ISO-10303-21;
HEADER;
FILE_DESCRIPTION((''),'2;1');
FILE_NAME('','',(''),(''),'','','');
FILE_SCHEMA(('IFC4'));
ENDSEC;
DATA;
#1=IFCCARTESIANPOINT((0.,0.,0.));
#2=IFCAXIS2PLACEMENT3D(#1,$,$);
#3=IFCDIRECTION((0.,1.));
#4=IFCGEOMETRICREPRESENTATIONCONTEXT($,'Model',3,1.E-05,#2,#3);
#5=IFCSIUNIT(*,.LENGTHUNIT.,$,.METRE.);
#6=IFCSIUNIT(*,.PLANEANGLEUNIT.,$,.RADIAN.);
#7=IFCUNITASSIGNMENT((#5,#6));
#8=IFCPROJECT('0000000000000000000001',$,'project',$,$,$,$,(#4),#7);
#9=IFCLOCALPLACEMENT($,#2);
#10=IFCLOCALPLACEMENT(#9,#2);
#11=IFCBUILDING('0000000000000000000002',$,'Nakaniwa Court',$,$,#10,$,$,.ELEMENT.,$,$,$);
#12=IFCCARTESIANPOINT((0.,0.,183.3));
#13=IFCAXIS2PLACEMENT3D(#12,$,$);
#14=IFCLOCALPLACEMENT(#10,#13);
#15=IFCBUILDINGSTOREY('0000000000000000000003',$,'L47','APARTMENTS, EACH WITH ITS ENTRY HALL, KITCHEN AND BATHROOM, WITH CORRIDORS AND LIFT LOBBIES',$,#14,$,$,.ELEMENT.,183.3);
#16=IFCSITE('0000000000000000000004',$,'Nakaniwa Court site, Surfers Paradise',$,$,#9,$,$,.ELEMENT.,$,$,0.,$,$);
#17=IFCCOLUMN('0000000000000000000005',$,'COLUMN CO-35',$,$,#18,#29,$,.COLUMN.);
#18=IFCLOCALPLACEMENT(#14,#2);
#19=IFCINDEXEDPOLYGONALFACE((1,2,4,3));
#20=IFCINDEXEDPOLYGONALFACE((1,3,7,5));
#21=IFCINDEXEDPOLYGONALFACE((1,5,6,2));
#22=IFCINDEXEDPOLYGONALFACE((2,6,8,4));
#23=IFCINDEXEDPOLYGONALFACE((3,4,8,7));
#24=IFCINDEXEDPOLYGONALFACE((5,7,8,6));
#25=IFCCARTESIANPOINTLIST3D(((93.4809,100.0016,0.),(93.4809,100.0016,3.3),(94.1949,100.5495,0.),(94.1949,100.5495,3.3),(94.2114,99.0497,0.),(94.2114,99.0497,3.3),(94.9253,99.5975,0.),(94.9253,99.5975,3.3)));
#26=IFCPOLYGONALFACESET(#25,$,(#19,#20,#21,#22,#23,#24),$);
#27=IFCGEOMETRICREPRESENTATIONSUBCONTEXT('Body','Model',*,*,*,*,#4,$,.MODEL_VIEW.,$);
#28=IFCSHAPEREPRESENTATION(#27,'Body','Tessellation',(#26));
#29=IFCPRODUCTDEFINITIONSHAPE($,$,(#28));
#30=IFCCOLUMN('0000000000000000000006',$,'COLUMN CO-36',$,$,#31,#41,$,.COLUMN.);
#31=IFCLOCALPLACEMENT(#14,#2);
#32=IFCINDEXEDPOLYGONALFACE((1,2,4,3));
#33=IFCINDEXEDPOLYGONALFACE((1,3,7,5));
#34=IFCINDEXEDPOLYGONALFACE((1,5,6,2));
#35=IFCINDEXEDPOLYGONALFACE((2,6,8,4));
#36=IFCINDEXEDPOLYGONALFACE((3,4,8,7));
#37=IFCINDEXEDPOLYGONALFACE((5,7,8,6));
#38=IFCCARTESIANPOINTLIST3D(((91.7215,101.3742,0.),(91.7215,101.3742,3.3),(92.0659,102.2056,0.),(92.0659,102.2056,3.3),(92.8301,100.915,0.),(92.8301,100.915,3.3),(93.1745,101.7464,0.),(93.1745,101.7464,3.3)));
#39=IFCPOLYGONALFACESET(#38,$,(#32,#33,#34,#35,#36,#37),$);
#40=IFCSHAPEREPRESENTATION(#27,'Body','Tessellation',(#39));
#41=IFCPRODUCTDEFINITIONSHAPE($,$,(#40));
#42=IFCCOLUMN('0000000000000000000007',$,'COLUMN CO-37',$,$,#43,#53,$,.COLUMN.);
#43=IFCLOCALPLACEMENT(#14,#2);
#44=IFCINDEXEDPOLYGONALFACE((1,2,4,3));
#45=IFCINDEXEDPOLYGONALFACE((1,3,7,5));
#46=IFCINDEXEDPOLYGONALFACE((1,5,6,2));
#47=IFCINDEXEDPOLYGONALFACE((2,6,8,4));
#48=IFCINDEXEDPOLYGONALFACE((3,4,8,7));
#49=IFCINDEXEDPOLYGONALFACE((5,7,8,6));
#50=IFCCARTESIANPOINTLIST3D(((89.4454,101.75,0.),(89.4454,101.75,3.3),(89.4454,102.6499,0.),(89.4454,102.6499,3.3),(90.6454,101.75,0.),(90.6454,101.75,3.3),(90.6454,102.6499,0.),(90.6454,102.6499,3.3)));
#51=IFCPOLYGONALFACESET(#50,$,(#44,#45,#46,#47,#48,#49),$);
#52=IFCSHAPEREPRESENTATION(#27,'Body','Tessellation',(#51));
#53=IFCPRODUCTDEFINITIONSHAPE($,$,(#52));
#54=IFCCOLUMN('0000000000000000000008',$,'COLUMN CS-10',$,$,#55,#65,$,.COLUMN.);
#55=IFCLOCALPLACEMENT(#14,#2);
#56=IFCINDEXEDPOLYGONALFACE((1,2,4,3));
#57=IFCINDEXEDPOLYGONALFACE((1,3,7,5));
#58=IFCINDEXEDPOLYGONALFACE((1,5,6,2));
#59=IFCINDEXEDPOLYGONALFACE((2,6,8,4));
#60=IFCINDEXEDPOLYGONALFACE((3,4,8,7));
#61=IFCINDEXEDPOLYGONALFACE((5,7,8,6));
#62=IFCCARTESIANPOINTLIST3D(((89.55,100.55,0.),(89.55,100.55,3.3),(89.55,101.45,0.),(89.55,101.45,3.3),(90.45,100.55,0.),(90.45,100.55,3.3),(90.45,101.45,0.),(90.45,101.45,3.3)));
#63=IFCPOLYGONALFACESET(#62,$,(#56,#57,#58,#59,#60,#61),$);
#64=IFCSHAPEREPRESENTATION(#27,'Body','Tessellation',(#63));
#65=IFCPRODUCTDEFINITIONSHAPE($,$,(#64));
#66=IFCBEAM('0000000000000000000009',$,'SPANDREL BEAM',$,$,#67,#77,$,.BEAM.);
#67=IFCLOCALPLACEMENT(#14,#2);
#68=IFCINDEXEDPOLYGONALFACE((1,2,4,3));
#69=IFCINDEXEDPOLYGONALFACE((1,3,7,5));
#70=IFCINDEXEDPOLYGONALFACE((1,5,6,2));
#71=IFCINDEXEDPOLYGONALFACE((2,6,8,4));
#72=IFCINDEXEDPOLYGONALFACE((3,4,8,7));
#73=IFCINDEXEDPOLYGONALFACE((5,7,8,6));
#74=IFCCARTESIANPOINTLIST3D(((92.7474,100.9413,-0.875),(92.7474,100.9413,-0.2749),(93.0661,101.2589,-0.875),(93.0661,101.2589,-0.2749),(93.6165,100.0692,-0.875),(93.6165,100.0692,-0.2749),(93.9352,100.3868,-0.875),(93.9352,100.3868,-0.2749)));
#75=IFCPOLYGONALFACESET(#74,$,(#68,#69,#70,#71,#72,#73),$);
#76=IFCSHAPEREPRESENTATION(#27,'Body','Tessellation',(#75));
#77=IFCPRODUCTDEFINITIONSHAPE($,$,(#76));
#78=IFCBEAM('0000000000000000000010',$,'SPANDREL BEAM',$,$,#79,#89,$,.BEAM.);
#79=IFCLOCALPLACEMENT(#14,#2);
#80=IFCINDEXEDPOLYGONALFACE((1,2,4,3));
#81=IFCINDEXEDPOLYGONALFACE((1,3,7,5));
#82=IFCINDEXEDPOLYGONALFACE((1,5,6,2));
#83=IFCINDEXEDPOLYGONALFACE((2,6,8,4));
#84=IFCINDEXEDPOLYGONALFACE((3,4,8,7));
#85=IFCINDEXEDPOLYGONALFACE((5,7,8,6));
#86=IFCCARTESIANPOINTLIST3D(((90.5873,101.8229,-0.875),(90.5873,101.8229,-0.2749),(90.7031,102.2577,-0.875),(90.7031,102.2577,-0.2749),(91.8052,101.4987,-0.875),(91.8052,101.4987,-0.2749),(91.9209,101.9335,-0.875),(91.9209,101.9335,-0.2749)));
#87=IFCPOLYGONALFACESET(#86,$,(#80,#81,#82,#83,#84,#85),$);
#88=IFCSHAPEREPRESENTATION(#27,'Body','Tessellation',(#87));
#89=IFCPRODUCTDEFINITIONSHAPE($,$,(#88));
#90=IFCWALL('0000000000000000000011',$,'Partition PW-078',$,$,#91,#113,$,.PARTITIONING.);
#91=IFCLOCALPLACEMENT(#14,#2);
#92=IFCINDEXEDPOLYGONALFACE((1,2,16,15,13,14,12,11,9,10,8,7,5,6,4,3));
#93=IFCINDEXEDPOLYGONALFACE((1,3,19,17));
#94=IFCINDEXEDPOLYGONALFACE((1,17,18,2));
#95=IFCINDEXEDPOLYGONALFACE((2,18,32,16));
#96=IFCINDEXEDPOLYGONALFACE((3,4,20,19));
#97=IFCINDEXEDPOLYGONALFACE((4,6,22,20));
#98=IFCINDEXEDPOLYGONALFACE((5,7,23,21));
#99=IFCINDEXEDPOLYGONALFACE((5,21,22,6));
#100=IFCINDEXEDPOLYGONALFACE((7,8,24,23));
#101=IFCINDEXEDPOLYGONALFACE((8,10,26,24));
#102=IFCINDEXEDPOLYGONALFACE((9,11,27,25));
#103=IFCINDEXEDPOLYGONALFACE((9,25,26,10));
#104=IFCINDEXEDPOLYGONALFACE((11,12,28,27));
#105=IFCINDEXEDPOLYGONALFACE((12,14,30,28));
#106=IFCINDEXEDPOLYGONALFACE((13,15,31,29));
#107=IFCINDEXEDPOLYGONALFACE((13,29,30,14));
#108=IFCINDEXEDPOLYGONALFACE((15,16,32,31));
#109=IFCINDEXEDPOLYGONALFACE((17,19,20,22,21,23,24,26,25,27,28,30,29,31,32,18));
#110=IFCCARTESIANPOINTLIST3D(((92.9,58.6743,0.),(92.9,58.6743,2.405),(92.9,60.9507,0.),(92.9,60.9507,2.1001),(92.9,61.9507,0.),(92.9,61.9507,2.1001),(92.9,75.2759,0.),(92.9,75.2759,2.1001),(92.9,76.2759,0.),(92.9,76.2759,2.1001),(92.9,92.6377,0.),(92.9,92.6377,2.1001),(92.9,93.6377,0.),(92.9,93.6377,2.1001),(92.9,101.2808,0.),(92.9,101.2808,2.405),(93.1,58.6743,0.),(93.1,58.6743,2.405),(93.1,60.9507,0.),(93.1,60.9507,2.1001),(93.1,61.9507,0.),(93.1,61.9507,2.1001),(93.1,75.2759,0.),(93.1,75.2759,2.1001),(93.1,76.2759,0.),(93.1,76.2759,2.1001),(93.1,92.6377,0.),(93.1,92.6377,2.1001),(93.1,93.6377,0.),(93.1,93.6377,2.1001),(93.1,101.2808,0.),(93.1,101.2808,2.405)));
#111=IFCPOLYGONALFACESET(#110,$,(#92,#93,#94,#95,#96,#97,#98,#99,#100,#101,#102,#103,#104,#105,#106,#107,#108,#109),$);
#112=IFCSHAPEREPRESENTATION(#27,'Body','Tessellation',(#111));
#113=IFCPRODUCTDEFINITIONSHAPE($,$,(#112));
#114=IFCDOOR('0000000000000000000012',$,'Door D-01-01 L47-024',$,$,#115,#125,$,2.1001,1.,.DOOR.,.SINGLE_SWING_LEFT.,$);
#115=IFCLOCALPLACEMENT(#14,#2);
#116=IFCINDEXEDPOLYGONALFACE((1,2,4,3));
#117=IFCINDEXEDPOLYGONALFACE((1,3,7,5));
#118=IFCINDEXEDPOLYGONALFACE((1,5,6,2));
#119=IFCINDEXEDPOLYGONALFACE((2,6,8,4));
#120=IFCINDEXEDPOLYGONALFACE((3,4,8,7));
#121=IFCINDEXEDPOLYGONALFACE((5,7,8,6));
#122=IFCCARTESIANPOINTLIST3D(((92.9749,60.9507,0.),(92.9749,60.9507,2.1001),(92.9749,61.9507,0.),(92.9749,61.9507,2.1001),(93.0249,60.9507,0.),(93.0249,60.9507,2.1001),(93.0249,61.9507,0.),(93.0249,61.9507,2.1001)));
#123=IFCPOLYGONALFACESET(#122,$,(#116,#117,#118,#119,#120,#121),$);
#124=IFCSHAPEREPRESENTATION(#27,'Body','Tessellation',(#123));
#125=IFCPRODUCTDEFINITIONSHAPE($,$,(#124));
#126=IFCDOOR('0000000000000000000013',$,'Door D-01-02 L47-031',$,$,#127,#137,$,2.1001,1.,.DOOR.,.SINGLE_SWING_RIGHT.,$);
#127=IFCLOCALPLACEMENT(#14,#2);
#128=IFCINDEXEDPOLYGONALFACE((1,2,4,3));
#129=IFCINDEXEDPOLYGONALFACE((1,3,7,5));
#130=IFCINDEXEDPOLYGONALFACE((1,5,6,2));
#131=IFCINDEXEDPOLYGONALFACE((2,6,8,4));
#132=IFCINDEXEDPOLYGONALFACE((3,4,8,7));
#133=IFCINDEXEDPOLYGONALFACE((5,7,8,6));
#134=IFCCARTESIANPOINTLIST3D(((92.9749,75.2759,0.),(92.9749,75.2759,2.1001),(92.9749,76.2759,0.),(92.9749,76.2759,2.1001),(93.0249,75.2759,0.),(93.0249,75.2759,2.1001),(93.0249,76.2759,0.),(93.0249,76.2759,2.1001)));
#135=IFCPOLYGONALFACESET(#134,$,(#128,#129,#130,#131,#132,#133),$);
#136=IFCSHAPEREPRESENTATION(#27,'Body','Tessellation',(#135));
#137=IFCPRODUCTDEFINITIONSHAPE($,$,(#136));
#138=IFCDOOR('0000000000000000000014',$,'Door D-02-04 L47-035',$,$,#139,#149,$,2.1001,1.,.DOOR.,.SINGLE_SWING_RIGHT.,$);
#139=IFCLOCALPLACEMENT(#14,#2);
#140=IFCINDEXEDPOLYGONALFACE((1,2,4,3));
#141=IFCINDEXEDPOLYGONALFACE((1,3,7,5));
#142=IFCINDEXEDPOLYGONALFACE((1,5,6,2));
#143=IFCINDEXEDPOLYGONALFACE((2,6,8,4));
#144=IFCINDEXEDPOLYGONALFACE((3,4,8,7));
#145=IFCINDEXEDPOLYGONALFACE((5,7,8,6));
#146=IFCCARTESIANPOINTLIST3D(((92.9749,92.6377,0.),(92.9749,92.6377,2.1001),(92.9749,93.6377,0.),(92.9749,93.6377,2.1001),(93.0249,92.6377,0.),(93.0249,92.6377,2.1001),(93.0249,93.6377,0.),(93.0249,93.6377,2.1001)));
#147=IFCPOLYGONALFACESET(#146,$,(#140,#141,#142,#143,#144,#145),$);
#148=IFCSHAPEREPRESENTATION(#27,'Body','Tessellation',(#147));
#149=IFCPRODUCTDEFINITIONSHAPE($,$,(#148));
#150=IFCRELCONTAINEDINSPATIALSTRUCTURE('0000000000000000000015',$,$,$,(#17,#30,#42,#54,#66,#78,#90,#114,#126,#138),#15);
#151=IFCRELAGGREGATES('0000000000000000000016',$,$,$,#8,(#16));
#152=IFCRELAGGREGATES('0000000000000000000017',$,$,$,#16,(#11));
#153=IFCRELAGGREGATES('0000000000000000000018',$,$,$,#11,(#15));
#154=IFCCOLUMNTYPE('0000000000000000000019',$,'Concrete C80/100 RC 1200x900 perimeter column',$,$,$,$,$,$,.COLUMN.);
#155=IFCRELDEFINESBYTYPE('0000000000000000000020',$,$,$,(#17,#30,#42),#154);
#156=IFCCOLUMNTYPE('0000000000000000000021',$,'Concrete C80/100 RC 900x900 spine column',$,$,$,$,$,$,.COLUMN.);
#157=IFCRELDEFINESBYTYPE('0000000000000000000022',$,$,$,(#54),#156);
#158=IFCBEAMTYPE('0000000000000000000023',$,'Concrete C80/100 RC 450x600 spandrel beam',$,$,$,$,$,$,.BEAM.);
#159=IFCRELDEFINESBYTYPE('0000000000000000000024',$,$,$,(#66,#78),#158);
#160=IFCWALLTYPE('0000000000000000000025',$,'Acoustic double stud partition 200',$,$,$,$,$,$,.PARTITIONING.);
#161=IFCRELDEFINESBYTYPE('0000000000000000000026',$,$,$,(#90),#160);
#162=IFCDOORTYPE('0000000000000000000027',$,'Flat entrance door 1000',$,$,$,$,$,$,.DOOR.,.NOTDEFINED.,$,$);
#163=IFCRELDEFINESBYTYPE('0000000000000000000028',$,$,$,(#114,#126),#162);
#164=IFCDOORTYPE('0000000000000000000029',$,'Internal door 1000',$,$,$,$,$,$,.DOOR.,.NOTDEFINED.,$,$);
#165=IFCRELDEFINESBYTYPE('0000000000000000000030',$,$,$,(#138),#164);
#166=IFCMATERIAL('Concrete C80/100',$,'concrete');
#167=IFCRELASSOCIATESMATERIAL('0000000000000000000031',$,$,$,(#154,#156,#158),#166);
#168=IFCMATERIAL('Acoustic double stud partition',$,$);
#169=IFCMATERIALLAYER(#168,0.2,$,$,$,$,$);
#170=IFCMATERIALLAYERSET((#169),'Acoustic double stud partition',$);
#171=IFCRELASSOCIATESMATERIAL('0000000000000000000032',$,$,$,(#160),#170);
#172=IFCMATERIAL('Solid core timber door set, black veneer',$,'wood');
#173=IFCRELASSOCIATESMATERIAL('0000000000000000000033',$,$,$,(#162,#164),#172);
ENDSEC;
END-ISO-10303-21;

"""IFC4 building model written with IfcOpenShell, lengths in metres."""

from ifc_helpers import new_model, si_unit, direction, frame, frame_2d, origin, origin_2d, place, context, subcontext, project, spatial, rectangle, extrude, material, layer, layer_set, material_profile, profile_set, type_object, element, fill, save


model = new_model("IFC4")

# Units and contexts
model_context = context("Model", 3, precision=1e-05, world=origin(), true_north=direction((0.0, 1.0)))
body_context = subcontext(model_context, "Body", "Model", "MODEL_VIEW")
ifc_project = project(units=[si_unit("LENGTHUNIT", "METRE"), si_unit("PLANEANGLEUNIT", "RADIAN")], contexts=[model_context])

# Site, building, storey
site_placement = place(None, origin())
site = spatial("IfcSite", under=ifc_project, at=site_placement, Name="Nakaniwa Court site, Surfers Paradise", CompositionType="ELEMENT", RefElevation=0.0)
building_placement = place(site_placement, origin())
building = spatial("IfcBuilding", under=site, at=building_placement, Name="Nakaniwa Court", CompositionType="ELEMENT")
storey_placement = place(building_placement, frame((0.0, 0.0, 183.3)))
storey = spatial("IfcBuildingStorey", under=building, at=storey_placement, Name="L47", Description="APARTMENTS, EACH WITH ITS ENTRY HALL, KITCHEN AND BATHROOM, WITH CORRIDORS AND LIFT LOBBIES", CompositionType="ELEMENT", Elevation=183.3)

# Columns
ifc_material_1 = material(Name="Concrete C80/100", Category="concrete")
ifc_material_profile_1 = material_profile(ifc_material_1, rectangle(XDim=1.2, YDim=0.8999, at=origin_2d()), Name="Concrete C80/100 RC 1200x900 perimeter column")
ifc_profile_set_1 = profile_set([ifc_material_profile_1], Name="Concrete C80/100")
column_type_1 = type_object("IfcColumnType", Name="Concrete C80/100 RC 1200x900 perimeter column", PredefinedType="COLUMN", material=ifc_profile_set_1)
for number, where, z_axis, x_axis, name in (
    (1, (94.2031, 99.7996, 0.0), (0.0, 0.0, 1.0), (-0.608761, 0.793353, 0.0), "COLUMN CO-35"),
    (2, (92.448, 101.5603, 0.0), (0.0, 0.0, 1.0), (-0.92388, 0.382683, 0.0), "COLUMN CO-36"),
    (3, (90.0454, 102.2, 0.0), (0.0, 0.0, 1.0), (-1.0, 0.0, 0.0), "COLUMN CO-37"),
):
    element("IfcColumn", number, at=place(storey_placement, frame(where, z_axis=z_axis, x_axis=x_axis)), inside=storey, type_object=column_type_1, Name=name, PredefinedType="COLUMN", context=body_context, shape_type="SweptSolid", body=[
        extrude(rectangle(XDim=1.2, YDim=0.8999, at=origin_2d()), origin(), (0.0, 0.0, 1.0), 3.3),
    ])
ifc_material_profile_2 = material_profile(ifc_material_1, rectangle(XDim=0.8999, YDim=0.8999, at=origin_2d()), Name="Concrete C80/100 RC 900x900 spine column")
ifc_profile_set_2 = profile_set([ifc_material_profile_2], Name="Concrete C80/100")
column_type_2 = type_object("IfcColumnType", Name="Concrete C80/100 RC 900x900 spine column", PredefinedType="COLUMN", material=ifc_profile_set_2)
column_placement = place(storey_placement, frame((90.0, 101.0, 0.0), z_axis=(0.0, 0.0, 1.0), x_axis=(0.0, 1.0, 0.0)))
element("IfcColumn", 4, at=column_placement, inside=storey, type_object=column_type_2, Name="COLUMN CS-10", PredefinedType="COLUMN", context=body_context, shape_type="SweptSolid", body=[
    extrude(rectangle(XDim=0.8999, YDim=0.8999, at=origin_2d()), origin(), (0.0, 0.0, 1.0), 3.3),
])

# Beams
ifc_material_profile_3 = material_profile(ifc_material_1, rectangle(XDim=0.45, YDim=0.6001, at=origin_2d()), Name="Concrete C80/100 RC 450x600 spandrel beam")
ifc_profile_set_3 = profile_set([ifc_material_profile_3], Name="Concrete C80/100")
beam_type = type_object("IfcBeamType", Name="Concrete C80/100 RC 450x600 spandrel beam", PredefinedType="BEAM", material=ifc_profile_set_3)
beam_1_placement = place(storey_placement, frame((93.7759, 100.228, -0.575), z_axis=(-0.705916, 0.708296, 0.0), x_axis=(-0.708296, -0.705916, 0.0)))
element("IfcBeam", 5, at=beam_1_placement, inside=storey, type_object=beam_type, Name="SPANDREL BEAM", PredefinedType="BEAM", context=body_context, shape_type="SweptSolid", body=[
    extrude(rectangle(XDim=0.45, YDim=0.6001, at=origin_2d()), origin(), (0.0, 0.0, 1.0), 1.2312),
])
beam_2_placement = place(storey_placement, frame((91.863, 101.7161, -0.575), z_axis=(-0.966338, 0.257277, 0.0), x_axis=(-0.257277, -0.966338, 0.0)))
element("IfcBeam", 6, at=beam_2_placement, inside=storey, type_object=beam_type, Name="SPANDREL BEAM", PredefinedType="BEAM", context=body_context, shape_type="SweptSolid", body=[
    extrude(rectangle(XDim=0.45, YDim=0.6001, at=origin_2d()), origin(), (0.0, 0.0, 1.0), 1.2603),
])

# Wall, openings, doors
ifc_material_2 = material(Name="Acoustic double stud partition")
ifc_layer_1 = layer(ifc_material_2, 0.2)
ifc_layer_set_1 = layer_set([ifc_layer_1], Name="Acoustic double stud partition")
wall_type_1 = type_object("IfcWallType", Name="Acoustic double stud partition 200", PredefinedType="PARTITIONING", material=ifc_layer_set_1)
wall_1_placement = place(storey_placement, frame((93.0, 101.2808, 0.0), z_axis=(0.0, 0.0, 1.0), x_axis=(0.0, -1.0, 0.0)))
wall_1 = element("IfcWall", 7, at=wall_1_placement, inside=storey, type_object=wall_type_1, Name="Partition PW-078", PredefinedType="PARTITIONING", context=body_context, shape_type="SweptSolid", body=[
    extrude(rectangle(XDim=42.6064, YDim=0.2, at=frame_2d((21.3032, 0.0))), origin(), (0.0, 0.0, 1.0), 2.405),
])
opening_1_placement = place(wall_1_placement, frame((39.3301, 0.0, 0.0)))
opening_1 = element("IfcOpeningElement", 8, at=opening_1_placement, cuts=wall_1, PredefinedType="OPENING", context=body_context, shape_type="SweptSolid", body=[
    extrude(rectangle(XDim=1.0, YDim=2.1001, at=frame_2d((0.5, 1.05))), frame((0.0, 0.1099, 0.0), z_axis=(0.0, -1.0, 0.0), x_axis=(1.0, 0.0, 0.0)), (0.0, 0.0, 1.0), 0.22),
])
opening_2_placement = place(wall_1_placement, frame((25.0049, 0.0, 0.0)))
opening_2 = element("IfcOpeningElement", 9, at=opening_2_placement, cuts=wall_1, PredefinedType="OPENING", context=body_context, shape_type="SweptSolid", body=[
    extrude(rectangle(XDim=1.0, YDim=2.1001, at=frame_2d((0.5, 1.05))), frame((0.0, 0.1099, 0.0), z_axis=(0.0, -1.0, 0.0), x_axis=(1.0, 0.0, 0.0)), (0.0, 0.0, 1.0), 0.22),
])
opening_3_placement = place(wall_1_placement, frame((7.6431, 0.0, 0.0)))
opening_3 = element("IfcOpeningElement", 10, at=opening_3_placement, cuts=wall_1, PredefinedType="OPENING", context=body_context, shape_type="SweptSolid", body=[
    extrude(rectangle(XDim=1.0, YDim=2.1001, at=frame_2d((0.5, 1.05))), frame((0.0, 0.1099, 0.0), z_axis=(0.0, -1.0, 0.0), x_axis=(1.0, 0.0, 0.0)), (0.0, 0.0, 1.0), 0.22),
])
ifc_material_3 = material(Name="Solid core timber door set, black veneer", Category="wood")
door_type_1 = type_object("IfcDoorType", Name="Flat entrance door 1000", OperationType="NOTDEFINED", PredefinedType="DOOR", material=ifc_material_3)
door_1_placement = place(opening_1_placement, origin())
door_1 = element("IfcDoor", 11, at=door_1_placement, inside=storey, type_object=door_type_1, Name="Door D-01-01 L47-024", OperationType="SINGLE_SWING_LEFT", OverallHeight=2.1001, OverallWidth=1.0, PredefinedType="DOOR", context=body_context, shape_type="SweptSolid", body=[
    extrude(rectangle(XDim=1.0, YDim=2.1001, at=frame_2d((0.5, 1.05))), frame((0.0, 0.0249, 0.0), z_axis=(0.0, -1.0, 0.0), x_axis=(1.0, 0.0, 0.0)), (0.0, 0.0, 1.0), 0.05),
])
fill(opening_1, door_1)
door_2_placement = place(opening_2_placement, origin())
door_2 = element("IfcDoor", 12, at=door_2_placement, inside=storey, type_object=door_type_1, Name="Door D-01-02 L47-031", OperationType="SINGLE_SWING_RIGHT", OverallHeight=2.1001, OverallWidth=1.0, PredefinedType="DOOR", context=body_context, shape_type="SweptSolid", body=[
    extrude(rectangle(XDim=1.0, YDim=2.1001, at=frame_2d((0.5, 1.05))), frame((0.0, 0.0249, 0.0), z_axis=(0.0, -1.0, 0.0), x_axis=(1.0, 0.0, 0.0)), (0.0, 0.0, 1.0), 0.05),
])
fill(opening_2, door_2)
door_type_2 = type_object("IfcDoorType", Name="Internal door 1000", OperationType="NOTDEFINED", PredefinedType="DOOR", material=ifc_material_3)
door_3_placement = place(opening_3_placement, origin())
door_3 = element("IfcDoor", 13, at=door_3_placement, inside=storey, type_object=door_type_2, Name="Door D-02-04 L47-035", OperationType="SINGLE_SWING_RIGHT", OverallHeight=2.1001, OverallWidth=1.0, PredefinedType="DOOR", context=body_context, shape_type="SweptSolid", body=[
    extrude(rectangle(XDim=1.0, YDim=2.1001, at=frame_2d((0.5, 1.05))), frame((0.0, 0.0249, 0.0), z_axis=(0.0, -1.0, 0.0), x_axis=(1.0, 0.0, 0.0)), (0.0, 0.0, 1.0), 0.05),
])
fill(opening_3, door_3)

save(model, "model.ifc")
